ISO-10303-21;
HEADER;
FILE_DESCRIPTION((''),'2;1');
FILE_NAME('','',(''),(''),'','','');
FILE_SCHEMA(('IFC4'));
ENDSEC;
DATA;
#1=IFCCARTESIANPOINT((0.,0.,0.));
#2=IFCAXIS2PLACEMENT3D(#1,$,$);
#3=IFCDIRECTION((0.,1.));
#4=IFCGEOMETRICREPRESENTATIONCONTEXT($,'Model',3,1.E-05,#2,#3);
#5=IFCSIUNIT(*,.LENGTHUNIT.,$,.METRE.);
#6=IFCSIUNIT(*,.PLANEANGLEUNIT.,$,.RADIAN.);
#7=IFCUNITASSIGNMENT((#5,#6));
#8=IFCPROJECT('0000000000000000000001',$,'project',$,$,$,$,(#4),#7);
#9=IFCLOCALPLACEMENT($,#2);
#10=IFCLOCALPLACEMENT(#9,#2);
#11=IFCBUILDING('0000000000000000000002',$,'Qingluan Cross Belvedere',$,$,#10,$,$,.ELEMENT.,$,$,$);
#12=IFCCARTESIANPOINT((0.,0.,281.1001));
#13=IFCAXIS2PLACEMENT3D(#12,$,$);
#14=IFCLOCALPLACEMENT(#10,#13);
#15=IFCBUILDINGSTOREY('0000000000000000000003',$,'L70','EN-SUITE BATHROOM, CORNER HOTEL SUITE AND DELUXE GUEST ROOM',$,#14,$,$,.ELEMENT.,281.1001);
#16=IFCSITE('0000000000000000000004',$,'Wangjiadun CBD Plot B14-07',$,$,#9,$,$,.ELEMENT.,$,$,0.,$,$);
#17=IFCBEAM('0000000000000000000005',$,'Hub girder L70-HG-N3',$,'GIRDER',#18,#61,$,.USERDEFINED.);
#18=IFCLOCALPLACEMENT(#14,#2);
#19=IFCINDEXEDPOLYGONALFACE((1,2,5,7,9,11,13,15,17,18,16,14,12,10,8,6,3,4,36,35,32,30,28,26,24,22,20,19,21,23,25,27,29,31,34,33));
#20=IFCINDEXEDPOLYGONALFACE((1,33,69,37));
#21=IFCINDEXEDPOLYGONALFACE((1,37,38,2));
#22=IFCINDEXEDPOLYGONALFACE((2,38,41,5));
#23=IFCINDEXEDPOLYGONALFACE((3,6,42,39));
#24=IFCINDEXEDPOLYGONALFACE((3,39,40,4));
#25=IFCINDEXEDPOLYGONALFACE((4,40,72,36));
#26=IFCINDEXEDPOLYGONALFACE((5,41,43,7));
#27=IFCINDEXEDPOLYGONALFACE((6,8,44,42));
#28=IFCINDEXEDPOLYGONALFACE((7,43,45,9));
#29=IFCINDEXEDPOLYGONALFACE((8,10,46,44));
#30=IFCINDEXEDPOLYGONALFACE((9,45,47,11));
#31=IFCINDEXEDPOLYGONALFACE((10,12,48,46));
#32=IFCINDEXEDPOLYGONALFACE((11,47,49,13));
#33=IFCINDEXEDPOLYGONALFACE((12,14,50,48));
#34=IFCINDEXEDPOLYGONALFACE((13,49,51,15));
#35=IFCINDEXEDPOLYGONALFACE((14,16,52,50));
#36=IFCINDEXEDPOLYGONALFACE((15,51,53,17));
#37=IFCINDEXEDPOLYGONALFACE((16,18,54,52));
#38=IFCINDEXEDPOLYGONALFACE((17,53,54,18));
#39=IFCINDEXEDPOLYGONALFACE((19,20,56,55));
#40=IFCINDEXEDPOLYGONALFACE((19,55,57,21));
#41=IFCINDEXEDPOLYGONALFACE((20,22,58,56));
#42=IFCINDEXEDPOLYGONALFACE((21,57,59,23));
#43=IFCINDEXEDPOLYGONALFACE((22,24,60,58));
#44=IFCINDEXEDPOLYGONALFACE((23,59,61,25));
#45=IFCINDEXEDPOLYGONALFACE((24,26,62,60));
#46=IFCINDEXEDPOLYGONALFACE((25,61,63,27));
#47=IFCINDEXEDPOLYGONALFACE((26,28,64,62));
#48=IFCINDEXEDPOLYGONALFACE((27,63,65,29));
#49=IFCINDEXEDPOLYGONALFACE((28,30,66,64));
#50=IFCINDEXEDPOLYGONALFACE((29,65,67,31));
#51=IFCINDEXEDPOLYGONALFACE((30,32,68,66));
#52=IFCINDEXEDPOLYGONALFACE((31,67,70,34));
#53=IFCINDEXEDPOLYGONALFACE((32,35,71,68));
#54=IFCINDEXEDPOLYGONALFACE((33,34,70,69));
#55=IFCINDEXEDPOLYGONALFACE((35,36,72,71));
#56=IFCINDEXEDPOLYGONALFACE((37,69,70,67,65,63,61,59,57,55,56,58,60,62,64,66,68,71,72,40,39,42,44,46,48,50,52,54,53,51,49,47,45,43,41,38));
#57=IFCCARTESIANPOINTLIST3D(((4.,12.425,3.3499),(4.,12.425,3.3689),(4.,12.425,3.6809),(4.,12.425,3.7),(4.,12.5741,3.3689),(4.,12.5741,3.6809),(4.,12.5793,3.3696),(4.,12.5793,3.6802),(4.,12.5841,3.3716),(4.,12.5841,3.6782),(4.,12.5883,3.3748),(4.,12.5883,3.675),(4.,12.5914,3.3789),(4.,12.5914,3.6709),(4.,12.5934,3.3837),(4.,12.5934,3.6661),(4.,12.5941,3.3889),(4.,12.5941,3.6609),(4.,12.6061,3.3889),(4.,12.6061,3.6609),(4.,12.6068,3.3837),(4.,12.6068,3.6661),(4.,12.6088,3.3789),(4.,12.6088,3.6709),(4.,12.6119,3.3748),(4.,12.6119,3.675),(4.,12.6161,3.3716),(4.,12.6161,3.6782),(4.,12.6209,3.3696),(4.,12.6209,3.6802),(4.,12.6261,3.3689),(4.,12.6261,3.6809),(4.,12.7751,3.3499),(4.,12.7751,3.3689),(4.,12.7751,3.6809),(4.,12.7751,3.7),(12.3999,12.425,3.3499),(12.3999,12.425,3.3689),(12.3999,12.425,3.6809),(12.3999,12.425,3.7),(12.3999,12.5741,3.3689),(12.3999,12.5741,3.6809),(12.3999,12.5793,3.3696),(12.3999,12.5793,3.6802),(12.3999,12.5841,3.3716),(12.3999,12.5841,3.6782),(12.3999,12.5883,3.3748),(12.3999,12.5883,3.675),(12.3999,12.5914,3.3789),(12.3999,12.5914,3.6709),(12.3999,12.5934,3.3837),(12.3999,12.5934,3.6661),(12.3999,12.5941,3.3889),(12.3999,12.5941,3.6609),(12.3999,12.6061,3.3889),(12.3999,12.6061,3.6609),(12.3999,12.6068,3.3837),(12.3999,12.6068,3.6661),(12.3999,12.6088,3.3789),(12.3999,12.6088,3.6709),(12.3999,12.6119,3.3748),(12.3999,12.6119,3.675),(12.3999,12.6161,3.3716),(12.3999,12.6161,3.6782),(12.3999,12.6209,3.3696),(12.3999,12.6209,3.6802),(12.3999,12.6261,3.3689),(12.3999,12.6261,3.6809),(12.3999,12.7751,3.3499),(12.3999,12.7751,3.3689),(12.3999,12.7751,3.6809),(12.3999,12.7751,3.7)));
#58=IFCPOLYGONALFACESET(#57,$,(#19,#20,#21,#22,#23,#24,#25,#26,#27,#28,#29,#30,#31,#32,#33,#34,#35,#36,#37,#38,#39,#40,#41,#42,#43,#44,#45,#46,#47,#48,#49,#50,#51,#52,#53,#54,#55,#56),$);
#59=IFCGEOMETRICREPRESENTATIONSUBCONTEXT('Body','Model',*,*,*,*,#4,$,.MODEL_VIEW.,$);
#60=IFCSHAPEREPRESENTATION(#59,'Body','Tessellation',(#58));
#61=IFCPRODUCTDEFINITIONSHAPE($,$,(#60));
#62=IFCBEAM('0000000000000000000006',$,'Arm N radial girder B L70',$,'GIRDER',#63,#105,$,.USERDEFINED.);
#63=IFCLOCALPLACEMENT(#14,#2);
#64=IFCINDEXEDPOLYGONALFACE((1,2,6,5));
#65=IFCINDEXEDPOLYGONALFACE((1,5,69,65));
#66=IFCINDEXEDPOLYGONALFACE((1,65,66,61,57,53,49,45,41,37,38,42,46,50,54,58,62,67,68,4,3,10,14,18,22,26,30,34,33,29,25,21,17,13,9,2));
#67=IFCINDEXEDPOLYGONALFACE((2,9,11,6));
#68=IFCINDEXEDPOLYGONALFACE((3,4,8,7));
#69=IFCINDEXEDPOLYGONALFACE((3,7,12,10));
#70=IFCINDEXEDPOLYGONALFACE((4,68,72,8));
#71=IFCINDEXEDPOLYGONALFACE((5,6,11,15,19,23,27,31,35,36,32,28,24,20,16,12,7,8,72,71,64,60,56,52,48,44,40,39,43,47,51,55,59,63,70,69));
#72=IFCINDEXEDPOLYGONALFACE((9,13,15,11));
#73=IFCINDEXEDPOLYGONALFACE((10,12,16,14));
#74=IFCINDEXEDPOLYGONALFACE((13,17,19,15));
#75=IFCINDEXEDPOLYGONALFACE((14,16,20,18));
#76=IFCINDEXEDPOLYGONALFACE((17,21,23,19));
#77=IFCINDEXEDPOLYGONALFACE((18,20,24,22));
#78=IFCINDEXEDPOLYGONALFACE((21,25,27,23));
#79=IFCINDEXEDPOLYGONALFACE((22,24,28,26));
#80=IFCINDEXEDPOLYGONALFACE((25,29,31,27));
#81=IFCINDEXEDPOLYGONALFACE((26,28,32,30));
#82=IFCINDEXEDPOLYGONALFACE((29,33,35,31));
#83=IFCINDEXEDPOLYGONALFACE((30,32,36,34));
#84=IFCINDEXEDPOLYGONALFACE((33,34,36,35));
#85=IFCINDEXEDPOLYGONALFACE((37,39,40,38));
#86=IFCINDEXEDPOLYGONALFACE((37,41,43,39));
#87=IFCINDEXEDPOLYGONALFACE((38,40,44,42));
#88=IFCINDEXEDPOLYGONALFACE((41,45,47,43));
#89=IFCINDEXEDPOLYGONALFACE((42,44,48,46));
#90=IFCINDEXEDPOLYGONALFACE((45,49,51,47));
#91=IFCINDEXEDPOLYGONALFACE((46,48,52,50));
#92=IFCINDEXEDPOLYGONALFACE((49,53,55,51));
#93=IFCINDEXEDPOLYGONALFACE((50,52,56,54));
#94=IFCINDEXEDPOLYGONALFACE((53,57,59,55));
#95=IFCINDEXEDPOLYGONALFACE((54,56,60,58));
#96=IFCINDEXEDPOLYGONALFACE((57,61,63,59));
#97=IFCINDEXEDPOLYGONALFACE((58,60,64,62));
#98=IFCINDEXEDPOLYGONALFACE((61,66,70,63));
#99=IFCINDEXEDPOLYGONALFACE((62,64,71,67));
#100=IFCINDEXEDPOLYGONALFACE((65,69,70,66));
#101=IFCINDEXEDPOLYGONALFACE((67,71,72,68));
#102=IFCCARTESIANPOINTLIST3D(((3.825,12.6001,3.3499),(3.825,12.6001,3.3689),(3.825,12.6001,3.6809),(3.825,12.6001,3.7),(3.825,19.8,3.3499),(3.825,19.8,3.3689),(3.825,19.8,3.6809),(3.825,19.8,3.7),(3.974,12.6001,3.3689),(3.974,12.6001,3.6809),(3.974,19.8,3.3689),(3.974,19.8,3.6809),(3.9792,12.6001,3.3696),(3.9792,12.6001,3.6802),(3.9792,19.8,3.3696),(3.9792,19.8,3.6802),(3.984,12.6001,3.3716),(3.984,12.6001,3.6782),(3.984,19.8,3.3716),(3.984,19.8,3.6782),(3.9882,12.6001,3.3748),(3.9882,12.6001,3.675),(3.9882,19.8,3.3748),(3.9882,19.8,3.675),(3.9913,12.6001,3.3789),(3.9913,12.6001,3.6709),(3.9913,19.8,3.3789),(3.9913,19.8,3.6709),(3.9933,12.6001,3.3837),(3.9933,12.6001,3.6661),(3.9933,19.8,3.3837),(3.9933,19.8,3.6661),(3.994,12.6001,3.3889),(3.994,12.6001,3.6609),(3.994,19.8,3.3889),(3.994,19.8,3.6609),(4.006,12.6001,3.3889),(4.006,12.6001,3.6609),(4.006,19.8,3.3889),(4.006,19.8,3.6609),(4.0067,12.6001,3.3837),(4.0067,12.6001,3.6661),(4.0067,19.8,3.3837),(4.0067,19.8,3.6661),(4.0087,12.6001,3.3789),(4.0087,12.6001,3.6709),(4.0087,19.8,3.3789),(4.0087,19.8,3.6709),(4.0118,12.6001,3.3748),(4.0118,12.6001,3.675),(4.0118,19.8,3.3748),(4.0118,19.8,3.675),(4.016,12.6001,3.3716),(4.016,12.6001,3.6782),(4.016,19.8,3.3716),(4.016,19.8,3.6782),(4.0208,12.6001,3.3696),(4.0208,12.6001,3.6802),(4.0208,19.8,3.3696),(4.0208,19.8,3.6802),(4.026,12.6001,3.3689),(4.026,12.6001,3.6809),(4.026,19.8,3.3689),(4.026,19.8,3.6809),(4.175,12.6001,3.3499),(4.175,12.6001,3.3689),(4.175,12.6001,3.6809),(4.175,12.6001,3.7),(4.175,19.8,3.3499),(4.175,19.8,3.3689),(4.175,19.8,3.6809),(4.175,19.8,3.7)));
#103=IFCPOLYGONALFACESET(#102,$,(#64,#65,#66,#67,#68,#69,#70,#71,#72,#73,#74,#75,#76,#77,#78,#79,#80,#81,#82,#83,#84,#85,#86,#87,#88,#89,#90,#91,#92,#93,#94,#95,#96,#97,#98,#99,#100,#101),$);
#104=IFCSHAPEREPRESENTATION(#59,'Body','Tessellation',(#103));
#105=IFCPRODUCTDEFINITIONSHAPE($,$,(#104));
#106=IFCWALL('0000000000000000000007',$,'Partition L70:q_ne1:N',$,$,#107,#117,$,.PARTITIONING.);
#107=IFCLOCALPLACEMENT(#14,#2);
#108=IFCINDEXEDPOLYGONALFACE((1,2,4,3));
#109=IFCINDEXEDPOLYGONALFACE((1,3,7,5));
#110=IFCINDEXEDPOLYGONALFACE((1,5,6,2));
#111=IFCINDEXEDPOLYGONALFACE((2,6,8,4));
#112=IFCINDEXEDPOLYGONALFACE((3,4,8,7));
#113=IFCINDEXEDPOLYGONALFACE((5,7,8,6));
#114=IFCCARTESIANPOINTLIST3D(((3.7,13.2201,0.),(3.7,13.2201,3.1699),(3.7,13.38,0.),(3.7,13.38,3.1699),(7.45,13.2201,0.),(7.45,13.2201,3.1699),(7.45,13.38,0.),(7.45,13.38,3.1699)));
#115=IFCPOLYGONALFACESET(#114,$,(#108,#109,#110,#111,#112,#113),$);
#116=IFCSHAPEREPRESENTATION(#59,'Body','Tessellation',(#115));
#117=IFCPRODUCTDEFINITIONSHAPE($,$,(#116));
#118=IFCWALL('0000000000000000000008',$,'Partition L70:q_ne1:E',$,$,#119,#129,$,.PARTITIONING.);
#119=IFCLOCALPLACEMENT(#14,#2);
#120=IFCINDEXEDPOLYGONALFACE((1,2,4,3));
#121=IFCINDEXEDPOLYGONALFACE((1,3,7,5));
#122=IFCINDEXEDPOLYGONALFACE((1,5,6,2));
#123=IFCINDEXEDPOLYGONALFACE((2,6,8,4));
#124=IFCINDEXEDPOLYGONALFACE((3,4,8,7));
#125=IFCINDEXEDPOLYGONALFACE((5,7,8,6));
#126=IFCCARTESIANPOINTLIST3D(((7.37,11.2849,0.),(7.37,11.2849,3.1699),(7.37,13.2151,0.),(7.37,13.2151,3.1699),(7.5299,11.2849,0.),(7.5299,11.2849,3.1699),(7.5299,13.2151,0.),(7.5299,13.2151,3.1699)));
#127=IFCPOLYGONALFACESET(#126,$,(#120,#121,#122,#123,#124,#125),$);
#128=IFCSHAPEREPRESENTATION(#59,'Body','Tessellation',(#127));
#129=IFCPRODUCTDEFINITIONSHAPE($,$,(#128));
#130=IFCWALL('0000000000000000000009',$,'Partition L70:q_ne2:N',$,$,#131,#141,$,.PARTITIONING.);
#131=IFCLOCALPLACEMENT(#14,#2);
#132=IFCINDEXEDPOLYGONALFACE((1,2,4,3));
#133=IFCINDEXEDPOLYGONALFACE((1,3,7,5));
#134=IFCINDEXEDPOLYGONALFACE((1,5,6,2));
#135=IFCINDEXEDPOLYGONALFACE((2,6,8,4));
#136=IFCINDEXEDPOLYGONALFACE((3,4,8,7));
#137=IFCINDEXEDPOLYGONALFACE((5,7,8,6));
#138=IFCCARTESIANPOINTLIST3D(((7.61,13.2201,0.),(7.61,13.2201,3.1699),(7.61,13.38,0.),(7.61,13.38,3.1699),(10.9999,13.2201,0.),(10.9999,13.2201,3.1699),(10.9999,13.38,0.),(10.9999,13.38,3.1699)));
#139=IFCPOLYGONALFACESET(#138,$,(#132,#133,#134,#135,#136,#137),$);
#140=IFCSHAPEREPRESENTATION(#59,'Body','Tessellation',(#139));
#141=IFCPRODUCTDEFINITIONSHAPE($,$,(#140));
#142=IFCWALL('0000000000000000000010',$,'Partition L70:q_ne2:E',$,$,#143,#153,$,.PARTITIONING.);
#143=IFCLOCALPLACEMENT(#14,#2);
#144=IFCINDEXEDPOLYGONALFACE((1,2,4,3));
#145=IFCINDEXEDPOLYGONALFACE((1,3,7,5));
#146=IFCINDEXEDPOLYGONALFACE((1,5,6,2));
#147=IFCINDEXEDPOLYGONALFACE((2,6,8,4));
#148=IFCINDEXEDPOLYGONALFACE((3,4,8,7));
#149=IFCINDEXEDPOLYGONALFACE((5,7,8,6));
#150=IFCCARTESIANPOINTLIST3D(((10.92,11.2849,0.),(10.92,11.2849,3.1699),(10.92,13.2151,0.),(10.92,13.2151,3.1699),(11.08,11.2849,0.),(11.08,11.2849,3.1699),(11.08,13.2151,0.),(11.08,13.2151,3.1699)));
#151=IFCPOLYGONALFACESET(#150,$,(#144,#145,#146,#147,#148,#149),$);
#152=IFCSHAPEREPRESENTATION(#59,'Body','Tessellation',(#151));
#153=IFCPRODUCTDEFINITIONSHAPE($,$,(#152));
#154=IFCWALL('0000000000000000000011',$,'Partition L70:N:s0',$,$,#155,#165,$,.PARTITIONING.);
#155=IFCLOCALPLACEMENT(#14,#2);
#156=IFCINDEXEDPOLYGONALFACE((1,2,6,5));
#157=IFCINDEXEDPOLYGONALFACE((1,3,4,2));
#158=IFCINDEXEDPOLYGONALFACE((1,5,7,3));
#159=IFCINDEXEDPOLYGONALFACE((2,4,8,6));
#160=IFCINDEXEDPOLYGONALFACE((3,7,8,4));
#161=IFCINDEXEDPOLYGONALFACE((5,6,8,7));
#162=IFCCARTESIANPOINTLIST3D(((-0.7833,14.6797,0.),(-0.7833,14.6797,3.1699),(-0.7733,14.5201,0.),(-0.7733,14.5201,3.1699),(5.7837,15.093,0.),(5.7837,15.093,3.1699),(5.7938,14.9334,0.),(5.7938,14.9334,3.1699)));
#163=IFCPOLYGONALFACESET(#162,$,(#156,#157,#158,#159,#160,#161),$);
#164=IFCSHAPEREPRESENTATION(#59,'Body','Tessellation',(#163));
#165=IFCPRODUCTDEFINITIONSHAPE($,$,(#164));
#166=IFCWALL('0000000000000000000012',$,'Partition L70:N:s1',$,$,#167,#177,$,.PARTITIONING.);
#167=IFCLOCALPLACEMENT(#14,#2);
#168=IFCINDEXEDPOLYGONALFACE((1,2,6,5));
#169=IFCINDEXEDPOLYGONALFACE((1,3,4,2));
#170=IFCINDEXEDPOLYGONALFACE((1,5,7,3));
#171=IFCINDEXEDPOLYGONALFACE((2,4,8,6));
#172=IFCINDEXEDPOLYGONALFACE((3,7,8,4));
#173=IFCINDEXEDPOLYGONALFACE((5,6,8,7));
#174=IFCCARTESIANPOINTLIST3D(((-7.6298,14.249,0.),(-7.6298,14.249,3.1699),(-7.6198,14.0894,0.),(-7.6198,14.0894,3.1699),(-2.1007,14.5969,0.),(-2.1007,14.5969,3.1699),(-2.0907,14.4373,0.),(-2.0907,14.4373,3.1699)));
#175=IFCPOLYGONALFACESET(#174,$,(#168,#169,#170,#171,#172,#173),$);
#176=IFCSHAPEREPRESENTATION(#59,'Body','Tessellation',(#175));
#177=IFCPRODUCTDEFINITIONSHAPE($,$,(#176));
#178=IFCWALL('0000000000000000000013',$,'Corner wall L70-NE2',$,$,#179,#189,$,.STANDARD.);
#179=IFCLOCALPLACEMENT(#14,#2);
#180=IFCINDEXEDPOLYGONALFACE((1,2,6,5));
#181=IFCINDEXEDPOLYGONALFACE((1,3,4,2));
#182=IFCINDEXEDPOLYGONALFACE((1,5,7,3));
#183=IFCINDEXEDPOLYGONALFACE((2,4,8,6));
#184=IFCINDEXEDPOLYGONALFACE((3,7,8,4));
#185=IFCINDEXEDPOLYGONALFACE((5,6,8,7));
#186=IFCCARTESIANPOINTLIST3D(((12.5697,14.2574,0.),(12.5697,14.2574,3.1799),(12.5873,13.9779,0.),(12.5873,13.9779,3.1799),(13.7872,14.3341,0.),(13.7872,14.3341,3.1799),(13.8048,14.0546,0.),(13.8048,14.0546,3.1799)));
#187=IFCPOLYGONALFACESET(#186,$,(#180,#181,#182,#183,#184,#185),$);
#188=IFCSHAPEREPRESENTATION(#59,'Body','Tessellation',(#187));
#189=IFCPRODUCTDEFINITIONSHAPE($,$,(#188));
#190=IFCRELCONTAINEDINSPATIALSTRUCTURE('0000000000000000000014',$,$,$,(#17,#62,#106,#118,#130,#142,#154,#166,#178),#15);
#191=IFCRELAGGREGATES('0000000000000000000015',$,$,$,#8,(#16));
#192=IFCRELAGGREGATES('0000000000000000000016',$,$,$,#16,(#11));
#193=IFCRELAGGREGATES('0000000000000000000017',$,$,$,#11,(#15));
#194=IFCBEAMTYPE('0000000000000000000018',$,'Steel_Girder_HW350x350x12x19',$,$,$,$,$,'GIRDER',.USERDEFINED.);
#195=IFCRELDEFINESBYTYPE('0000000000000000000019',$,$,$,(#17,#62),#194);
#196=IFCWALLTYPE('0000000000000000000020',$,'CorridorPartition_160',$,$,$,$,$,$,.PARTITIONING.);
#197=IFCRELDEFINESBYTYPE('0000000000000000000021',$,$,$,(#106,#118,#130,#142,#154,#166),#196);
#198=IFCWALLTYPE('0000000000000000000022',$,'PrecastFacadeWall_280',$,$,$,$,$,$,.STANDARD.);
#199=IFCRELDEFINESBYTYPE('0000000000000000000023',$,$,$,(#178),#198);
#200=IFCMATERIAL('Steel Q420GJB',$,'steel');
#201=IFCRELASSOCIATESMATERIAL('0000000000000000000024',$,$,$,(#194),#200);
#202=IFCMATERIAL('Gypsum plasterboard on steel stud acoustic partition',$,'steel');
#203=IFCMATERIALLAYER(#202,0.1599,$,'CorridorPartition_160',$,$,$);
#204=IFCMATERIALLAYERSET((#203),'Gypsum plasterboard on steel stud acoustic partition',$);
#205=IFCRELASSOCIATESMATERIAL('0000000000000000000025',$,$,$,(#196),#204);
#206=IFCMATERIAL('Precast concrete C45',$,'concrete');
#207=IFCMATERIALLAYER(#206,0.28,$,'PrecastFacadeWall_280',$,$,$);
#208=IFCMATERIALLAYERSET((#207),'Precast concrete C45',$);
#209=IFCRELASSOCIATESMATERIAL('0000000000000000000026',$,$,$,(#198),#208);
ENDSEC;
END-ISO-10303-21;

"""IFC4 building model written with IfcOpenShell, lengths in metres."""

from ifc_helpers import new_model, si_unit, direction, frame, frame_2d, origin, origin_2d, place, context, subcontext, project, spatial, rectangle, i_section, extrude, material, layer, layer_set, material_profile, profile_set, type_object, element, save


model = new_model("IFC4")

# Units and contexts
model_context = context("Model", 3, precision=1e-05, world=origin(), true_north=direction((0.0, 1.0)))
body_context = subcontext(model_context, "Body", "Model", "MODEL_VIEW")
ifc_project = project(units=[si_unit("LENGTHUNIT", "METRE"), si_unit("PLANEANGLEUNIT", "RADIAN")], contexts=[model_context])

# Site, building, storey
site_placement = place(None, origin())
site = spatial("IfcSite", under=ifc_project, at=site_placement, Name="Wangjiadun CBD Plot B14-07", CompositionType="ELEMENT", RefElevation=0.0)
building_placement = place(site_placement, origin())
building = spatial("IfcBuilding", under=site, at=building_placement, Name="Qingluan Cross Belvedere", CompositionType="ELEMENT")
storey_placement = place(building_placement, frame((0.0, 0.0, 281.1001)))
storey = spatial("IfcBuildingStorey", under=building, at=storey_placement, Name="L70", Description="EN-SUITE BATHROOM, CORNER HOTEL SUITE AND DELUXE GUEST ROOM", CompositionType="ELEMENT", Elevation=281.1001)

# Beams
ifc_material_1 = material(Name="Steel Q420GJB", Category="steel")
ifc_material_profile_1 = material_profile(ifc_material_1, i_section(OverallWidth=0.3501, OverallDepth=0.3501, WebThickness=0.012, FlangeThickness=0.019, FilletRadius=0.02, at=origin_2d()), Name="HW350x350x12x19")
ifc_profile_set_1 = profile_set([ifc_material_profile_1], Name="Steel Q420GJB")
beam_type_1 = type_object("IfcBeamType", Name="Steel_Girder_HW350x350x12x19", ElementType="GIRDER", PredefinedType="USERDEFINED", material=ifc_profile_set_1)
beam_1_placement = place(storey_placement, frame((4.0, 12.6001, 3.5249), z_axis=(1.0, 0.0, 0.0), x_axis=(0.0, 1.0, 0.0)))
element("IfcBeam", 1, at=beam_1_placement, inside=storey, type_object=beam_type_1, Name="Hub girder L70-HG-N3", ObjectType="GIRDER", PredefinedType="USERDEFINED", context=body_context, shape_type="SweptSolid", body=[
    extrude(i_section(OverallWidth=0.3501, OverallDepth=0.3501, WebThickness=0.012, FlangeThickness=0.019, FilletRadius=0.02, at=origin_2d()), origin(), (0.0, 0.0, 1.0), 8.3999),
])
beam_2_placement = place(storey_placement, frame((4.0, 12.6001, 3.5249), z_axis=(0.0, 1.0, 0.0), x_axis=(-1.0, 0.0, 0.0)))
element("IfcBeam", 2, at=beam_2_placement, inside=storey, type_object=beam_type_1, Name="Arm N radial girder B L70", ObjectType="GIRDER", PredefinedType="USERDEFINED", context=body_context, shape_type="SweptSolid", body=[
    extrude(i_section(OverallWidth=0.3501, OverallDepth=0.3501, WebThickness=0.012, FlangeThickness=0.019, FilletRadius=0.02, at=origin_2d()), origin(), (0.0, 0.0, 1.0), 7.2),
])

# Walls
ifc_material_2 = material(Name="Gypsum plasterboard on steel stud acoustic partition", Category="steel")
ifc_layer_1 = layer(ifc_material_2, 0.1599, Name="CorridorPartition_160")
ifc_layer_set_1 = layer_set([ifc_layer_1], Name="Gypsum plasterboard on steel stud acoustic partition")
wall_type_1 = type_object("IfcWallType", Name="CorridorPartition_160", PredefinedType="PARTITIONING", material=ifc_layer_set_1)
wall_1_placement = place(storey_placement, frame((3.7, 13.3, 0.0), z_axis=(0.0, 0.0, 1.0), x_axis=(1.0, 0.0, 0.0)))
element("IfcWall", 3, at=wall_1_placement, inside=storey, type_object=wall_type_1, Name="Partition L70:q_ne1:N", PredefinedType="PARTITIONING", context=body_context, shape_type="SweptSolid", body=[
    extrude(rectangle(XDim=3.75, YDim=0.1599, at=frame_2d((1.875, 0.0))), origin(), (0.0, 0.0, 1.0), 3.1699),
])
wall_2_placement = place(storey_placement, frame((7.45, 11.2849, 0.0), z_axis=(0.0, 0.0, 1.0), x_axis=(0.0, 1.0, 0.0)))
element("IfcWall", 4, at=wall_2_placement, inside=storey, type_object=wall_type_1, Name="Partition L70:q_ne1:E", PredefinedType="PARTITIONING", context=body_context, shape_type="SweptSolid", body=[
    extrude(rectangle(XDim=1.9302, YDim=0.1599, at=frame_2d((0.9651, 0.0))), origin(), (0.0, 0.0, 1.0), 3.1699),
])
wall_3_placement = place(storey_placement, frame((7.6101, 13.3, 0.0), z_axis=(0.0, 0.0, 1.0), x_axis=(1.0, 0.0, 0.0)))
element("IfcWall", 5, at=wall_3_placement, inside=storey, type_object=wall_type_1, Name="Partition L70:q_ne2:N", PredefinedType="PARTITIONING", context=body_context, shape_type="SweptSolid", body=[
    extrude(rectangle(XDim=3.3899, YDim=0.1599, at=frame_2d((1.6948, 0.0))), origin(), (0.0, 0.0, 1.0), 3.1699),
])
wall_4_placement = place(storey_placement, frame((11.0, 11.2849, 0.0), z_axis=(0.0, 0.0, 1.0), x_axis=(0.0, 1.0, 0.0)))
element("IfcWall", 6, at=wall_4_placement, inside=storey, type_object=wall_type_1, Name="Partition L70:q_ne2:E", PredefinedType="PARTITIONING", context=body_context, shape_type="SweptSolid", body=[
    extrude(rectangle(XDim=1.9302, YDim=0.1599, at=frame_2d((0.9651, 0.0))), origin(), (0.0, 0.0, 1.0), 3.1699),
])

# Wall
wall_5_placement = place(storey_placement, frame((-0.7783, 14.5999, 0.0), z_axis=(0.0, 0.0, 1.0), x_axis=(0.998025, 0.062815, 0.0)))
element("IfcWall", 7, at=wall_5_placement, inside=storey, type_object=wall_type_1, Name="Partition L70:N:s0", PredefinedType="PARTITIONING", context=body_context, shape_type="SweptSolid", body=[
    extrude(rectangle(XDim=6.5801, YDim=0.1599, at=frame_2d((3.29, 0.0))), origin(), (0.0, 0.0, 1.0), 3.1699),
])

# Walls
wall_6_placement = place(storey_placement, frame((-2.0957, 14.5171, 0.0), z_axis=(0.0, 0.0, 1.0), x_axis=(-0.998026, -0.062798, 0.0)))
element("IfcWall", 8, at=wall_6_placement, inside=storey, type_object=wall_type_1, Name="Partition L70:N:s1", PredefinedType="PARTITIONING", context=body_context, shape_type="SweptSolid", body=[
    extrude(rectangle(XDim=5.54, YDim=0.1599, at=frame_2d((2.77, 0.0))), origin(), (0.0, 0.0, 1.0), 3.1699),
])
ifc_material_3 = material(Name="Precast concrete C45", Category="concrete")
ifc_layer_2 = layer(ifc_material_3, 0.28, Name="PrecastFacadeWall_280")
ifc_layer_set_2 = layer_set([ifc_layer_2], Name="Precast concrete C45")
wall_type_2 = type_object("IfcWallType", Name="PrecastFacadeWall_280", PredefinedType="STANDARD", material=ifc_layer_set_2)
wall_7_placement = place(storey_placement, frame((13.7959, 14.1943, 0.0), z_axis=(0.0, 0.0, 1.0), x_axis=(-0.998024, -0.062839, 0.0)))
element("IfcWall", 9, at=wall_7_placement, inside=storey, type_object=wall_type_2, Name="Corner wall L70-NE2", PredefinedType="STANDARD", context=body_context, shape_type="SweptSolid", body=[
    extrude(rectangle(XDim=1.22, YDim=0.28, at=frame_2d((0.6099, 0.0))), origin(), (0.0, 0.0, 1.0), 3.1799),
])

save(model, "model.ifc")
